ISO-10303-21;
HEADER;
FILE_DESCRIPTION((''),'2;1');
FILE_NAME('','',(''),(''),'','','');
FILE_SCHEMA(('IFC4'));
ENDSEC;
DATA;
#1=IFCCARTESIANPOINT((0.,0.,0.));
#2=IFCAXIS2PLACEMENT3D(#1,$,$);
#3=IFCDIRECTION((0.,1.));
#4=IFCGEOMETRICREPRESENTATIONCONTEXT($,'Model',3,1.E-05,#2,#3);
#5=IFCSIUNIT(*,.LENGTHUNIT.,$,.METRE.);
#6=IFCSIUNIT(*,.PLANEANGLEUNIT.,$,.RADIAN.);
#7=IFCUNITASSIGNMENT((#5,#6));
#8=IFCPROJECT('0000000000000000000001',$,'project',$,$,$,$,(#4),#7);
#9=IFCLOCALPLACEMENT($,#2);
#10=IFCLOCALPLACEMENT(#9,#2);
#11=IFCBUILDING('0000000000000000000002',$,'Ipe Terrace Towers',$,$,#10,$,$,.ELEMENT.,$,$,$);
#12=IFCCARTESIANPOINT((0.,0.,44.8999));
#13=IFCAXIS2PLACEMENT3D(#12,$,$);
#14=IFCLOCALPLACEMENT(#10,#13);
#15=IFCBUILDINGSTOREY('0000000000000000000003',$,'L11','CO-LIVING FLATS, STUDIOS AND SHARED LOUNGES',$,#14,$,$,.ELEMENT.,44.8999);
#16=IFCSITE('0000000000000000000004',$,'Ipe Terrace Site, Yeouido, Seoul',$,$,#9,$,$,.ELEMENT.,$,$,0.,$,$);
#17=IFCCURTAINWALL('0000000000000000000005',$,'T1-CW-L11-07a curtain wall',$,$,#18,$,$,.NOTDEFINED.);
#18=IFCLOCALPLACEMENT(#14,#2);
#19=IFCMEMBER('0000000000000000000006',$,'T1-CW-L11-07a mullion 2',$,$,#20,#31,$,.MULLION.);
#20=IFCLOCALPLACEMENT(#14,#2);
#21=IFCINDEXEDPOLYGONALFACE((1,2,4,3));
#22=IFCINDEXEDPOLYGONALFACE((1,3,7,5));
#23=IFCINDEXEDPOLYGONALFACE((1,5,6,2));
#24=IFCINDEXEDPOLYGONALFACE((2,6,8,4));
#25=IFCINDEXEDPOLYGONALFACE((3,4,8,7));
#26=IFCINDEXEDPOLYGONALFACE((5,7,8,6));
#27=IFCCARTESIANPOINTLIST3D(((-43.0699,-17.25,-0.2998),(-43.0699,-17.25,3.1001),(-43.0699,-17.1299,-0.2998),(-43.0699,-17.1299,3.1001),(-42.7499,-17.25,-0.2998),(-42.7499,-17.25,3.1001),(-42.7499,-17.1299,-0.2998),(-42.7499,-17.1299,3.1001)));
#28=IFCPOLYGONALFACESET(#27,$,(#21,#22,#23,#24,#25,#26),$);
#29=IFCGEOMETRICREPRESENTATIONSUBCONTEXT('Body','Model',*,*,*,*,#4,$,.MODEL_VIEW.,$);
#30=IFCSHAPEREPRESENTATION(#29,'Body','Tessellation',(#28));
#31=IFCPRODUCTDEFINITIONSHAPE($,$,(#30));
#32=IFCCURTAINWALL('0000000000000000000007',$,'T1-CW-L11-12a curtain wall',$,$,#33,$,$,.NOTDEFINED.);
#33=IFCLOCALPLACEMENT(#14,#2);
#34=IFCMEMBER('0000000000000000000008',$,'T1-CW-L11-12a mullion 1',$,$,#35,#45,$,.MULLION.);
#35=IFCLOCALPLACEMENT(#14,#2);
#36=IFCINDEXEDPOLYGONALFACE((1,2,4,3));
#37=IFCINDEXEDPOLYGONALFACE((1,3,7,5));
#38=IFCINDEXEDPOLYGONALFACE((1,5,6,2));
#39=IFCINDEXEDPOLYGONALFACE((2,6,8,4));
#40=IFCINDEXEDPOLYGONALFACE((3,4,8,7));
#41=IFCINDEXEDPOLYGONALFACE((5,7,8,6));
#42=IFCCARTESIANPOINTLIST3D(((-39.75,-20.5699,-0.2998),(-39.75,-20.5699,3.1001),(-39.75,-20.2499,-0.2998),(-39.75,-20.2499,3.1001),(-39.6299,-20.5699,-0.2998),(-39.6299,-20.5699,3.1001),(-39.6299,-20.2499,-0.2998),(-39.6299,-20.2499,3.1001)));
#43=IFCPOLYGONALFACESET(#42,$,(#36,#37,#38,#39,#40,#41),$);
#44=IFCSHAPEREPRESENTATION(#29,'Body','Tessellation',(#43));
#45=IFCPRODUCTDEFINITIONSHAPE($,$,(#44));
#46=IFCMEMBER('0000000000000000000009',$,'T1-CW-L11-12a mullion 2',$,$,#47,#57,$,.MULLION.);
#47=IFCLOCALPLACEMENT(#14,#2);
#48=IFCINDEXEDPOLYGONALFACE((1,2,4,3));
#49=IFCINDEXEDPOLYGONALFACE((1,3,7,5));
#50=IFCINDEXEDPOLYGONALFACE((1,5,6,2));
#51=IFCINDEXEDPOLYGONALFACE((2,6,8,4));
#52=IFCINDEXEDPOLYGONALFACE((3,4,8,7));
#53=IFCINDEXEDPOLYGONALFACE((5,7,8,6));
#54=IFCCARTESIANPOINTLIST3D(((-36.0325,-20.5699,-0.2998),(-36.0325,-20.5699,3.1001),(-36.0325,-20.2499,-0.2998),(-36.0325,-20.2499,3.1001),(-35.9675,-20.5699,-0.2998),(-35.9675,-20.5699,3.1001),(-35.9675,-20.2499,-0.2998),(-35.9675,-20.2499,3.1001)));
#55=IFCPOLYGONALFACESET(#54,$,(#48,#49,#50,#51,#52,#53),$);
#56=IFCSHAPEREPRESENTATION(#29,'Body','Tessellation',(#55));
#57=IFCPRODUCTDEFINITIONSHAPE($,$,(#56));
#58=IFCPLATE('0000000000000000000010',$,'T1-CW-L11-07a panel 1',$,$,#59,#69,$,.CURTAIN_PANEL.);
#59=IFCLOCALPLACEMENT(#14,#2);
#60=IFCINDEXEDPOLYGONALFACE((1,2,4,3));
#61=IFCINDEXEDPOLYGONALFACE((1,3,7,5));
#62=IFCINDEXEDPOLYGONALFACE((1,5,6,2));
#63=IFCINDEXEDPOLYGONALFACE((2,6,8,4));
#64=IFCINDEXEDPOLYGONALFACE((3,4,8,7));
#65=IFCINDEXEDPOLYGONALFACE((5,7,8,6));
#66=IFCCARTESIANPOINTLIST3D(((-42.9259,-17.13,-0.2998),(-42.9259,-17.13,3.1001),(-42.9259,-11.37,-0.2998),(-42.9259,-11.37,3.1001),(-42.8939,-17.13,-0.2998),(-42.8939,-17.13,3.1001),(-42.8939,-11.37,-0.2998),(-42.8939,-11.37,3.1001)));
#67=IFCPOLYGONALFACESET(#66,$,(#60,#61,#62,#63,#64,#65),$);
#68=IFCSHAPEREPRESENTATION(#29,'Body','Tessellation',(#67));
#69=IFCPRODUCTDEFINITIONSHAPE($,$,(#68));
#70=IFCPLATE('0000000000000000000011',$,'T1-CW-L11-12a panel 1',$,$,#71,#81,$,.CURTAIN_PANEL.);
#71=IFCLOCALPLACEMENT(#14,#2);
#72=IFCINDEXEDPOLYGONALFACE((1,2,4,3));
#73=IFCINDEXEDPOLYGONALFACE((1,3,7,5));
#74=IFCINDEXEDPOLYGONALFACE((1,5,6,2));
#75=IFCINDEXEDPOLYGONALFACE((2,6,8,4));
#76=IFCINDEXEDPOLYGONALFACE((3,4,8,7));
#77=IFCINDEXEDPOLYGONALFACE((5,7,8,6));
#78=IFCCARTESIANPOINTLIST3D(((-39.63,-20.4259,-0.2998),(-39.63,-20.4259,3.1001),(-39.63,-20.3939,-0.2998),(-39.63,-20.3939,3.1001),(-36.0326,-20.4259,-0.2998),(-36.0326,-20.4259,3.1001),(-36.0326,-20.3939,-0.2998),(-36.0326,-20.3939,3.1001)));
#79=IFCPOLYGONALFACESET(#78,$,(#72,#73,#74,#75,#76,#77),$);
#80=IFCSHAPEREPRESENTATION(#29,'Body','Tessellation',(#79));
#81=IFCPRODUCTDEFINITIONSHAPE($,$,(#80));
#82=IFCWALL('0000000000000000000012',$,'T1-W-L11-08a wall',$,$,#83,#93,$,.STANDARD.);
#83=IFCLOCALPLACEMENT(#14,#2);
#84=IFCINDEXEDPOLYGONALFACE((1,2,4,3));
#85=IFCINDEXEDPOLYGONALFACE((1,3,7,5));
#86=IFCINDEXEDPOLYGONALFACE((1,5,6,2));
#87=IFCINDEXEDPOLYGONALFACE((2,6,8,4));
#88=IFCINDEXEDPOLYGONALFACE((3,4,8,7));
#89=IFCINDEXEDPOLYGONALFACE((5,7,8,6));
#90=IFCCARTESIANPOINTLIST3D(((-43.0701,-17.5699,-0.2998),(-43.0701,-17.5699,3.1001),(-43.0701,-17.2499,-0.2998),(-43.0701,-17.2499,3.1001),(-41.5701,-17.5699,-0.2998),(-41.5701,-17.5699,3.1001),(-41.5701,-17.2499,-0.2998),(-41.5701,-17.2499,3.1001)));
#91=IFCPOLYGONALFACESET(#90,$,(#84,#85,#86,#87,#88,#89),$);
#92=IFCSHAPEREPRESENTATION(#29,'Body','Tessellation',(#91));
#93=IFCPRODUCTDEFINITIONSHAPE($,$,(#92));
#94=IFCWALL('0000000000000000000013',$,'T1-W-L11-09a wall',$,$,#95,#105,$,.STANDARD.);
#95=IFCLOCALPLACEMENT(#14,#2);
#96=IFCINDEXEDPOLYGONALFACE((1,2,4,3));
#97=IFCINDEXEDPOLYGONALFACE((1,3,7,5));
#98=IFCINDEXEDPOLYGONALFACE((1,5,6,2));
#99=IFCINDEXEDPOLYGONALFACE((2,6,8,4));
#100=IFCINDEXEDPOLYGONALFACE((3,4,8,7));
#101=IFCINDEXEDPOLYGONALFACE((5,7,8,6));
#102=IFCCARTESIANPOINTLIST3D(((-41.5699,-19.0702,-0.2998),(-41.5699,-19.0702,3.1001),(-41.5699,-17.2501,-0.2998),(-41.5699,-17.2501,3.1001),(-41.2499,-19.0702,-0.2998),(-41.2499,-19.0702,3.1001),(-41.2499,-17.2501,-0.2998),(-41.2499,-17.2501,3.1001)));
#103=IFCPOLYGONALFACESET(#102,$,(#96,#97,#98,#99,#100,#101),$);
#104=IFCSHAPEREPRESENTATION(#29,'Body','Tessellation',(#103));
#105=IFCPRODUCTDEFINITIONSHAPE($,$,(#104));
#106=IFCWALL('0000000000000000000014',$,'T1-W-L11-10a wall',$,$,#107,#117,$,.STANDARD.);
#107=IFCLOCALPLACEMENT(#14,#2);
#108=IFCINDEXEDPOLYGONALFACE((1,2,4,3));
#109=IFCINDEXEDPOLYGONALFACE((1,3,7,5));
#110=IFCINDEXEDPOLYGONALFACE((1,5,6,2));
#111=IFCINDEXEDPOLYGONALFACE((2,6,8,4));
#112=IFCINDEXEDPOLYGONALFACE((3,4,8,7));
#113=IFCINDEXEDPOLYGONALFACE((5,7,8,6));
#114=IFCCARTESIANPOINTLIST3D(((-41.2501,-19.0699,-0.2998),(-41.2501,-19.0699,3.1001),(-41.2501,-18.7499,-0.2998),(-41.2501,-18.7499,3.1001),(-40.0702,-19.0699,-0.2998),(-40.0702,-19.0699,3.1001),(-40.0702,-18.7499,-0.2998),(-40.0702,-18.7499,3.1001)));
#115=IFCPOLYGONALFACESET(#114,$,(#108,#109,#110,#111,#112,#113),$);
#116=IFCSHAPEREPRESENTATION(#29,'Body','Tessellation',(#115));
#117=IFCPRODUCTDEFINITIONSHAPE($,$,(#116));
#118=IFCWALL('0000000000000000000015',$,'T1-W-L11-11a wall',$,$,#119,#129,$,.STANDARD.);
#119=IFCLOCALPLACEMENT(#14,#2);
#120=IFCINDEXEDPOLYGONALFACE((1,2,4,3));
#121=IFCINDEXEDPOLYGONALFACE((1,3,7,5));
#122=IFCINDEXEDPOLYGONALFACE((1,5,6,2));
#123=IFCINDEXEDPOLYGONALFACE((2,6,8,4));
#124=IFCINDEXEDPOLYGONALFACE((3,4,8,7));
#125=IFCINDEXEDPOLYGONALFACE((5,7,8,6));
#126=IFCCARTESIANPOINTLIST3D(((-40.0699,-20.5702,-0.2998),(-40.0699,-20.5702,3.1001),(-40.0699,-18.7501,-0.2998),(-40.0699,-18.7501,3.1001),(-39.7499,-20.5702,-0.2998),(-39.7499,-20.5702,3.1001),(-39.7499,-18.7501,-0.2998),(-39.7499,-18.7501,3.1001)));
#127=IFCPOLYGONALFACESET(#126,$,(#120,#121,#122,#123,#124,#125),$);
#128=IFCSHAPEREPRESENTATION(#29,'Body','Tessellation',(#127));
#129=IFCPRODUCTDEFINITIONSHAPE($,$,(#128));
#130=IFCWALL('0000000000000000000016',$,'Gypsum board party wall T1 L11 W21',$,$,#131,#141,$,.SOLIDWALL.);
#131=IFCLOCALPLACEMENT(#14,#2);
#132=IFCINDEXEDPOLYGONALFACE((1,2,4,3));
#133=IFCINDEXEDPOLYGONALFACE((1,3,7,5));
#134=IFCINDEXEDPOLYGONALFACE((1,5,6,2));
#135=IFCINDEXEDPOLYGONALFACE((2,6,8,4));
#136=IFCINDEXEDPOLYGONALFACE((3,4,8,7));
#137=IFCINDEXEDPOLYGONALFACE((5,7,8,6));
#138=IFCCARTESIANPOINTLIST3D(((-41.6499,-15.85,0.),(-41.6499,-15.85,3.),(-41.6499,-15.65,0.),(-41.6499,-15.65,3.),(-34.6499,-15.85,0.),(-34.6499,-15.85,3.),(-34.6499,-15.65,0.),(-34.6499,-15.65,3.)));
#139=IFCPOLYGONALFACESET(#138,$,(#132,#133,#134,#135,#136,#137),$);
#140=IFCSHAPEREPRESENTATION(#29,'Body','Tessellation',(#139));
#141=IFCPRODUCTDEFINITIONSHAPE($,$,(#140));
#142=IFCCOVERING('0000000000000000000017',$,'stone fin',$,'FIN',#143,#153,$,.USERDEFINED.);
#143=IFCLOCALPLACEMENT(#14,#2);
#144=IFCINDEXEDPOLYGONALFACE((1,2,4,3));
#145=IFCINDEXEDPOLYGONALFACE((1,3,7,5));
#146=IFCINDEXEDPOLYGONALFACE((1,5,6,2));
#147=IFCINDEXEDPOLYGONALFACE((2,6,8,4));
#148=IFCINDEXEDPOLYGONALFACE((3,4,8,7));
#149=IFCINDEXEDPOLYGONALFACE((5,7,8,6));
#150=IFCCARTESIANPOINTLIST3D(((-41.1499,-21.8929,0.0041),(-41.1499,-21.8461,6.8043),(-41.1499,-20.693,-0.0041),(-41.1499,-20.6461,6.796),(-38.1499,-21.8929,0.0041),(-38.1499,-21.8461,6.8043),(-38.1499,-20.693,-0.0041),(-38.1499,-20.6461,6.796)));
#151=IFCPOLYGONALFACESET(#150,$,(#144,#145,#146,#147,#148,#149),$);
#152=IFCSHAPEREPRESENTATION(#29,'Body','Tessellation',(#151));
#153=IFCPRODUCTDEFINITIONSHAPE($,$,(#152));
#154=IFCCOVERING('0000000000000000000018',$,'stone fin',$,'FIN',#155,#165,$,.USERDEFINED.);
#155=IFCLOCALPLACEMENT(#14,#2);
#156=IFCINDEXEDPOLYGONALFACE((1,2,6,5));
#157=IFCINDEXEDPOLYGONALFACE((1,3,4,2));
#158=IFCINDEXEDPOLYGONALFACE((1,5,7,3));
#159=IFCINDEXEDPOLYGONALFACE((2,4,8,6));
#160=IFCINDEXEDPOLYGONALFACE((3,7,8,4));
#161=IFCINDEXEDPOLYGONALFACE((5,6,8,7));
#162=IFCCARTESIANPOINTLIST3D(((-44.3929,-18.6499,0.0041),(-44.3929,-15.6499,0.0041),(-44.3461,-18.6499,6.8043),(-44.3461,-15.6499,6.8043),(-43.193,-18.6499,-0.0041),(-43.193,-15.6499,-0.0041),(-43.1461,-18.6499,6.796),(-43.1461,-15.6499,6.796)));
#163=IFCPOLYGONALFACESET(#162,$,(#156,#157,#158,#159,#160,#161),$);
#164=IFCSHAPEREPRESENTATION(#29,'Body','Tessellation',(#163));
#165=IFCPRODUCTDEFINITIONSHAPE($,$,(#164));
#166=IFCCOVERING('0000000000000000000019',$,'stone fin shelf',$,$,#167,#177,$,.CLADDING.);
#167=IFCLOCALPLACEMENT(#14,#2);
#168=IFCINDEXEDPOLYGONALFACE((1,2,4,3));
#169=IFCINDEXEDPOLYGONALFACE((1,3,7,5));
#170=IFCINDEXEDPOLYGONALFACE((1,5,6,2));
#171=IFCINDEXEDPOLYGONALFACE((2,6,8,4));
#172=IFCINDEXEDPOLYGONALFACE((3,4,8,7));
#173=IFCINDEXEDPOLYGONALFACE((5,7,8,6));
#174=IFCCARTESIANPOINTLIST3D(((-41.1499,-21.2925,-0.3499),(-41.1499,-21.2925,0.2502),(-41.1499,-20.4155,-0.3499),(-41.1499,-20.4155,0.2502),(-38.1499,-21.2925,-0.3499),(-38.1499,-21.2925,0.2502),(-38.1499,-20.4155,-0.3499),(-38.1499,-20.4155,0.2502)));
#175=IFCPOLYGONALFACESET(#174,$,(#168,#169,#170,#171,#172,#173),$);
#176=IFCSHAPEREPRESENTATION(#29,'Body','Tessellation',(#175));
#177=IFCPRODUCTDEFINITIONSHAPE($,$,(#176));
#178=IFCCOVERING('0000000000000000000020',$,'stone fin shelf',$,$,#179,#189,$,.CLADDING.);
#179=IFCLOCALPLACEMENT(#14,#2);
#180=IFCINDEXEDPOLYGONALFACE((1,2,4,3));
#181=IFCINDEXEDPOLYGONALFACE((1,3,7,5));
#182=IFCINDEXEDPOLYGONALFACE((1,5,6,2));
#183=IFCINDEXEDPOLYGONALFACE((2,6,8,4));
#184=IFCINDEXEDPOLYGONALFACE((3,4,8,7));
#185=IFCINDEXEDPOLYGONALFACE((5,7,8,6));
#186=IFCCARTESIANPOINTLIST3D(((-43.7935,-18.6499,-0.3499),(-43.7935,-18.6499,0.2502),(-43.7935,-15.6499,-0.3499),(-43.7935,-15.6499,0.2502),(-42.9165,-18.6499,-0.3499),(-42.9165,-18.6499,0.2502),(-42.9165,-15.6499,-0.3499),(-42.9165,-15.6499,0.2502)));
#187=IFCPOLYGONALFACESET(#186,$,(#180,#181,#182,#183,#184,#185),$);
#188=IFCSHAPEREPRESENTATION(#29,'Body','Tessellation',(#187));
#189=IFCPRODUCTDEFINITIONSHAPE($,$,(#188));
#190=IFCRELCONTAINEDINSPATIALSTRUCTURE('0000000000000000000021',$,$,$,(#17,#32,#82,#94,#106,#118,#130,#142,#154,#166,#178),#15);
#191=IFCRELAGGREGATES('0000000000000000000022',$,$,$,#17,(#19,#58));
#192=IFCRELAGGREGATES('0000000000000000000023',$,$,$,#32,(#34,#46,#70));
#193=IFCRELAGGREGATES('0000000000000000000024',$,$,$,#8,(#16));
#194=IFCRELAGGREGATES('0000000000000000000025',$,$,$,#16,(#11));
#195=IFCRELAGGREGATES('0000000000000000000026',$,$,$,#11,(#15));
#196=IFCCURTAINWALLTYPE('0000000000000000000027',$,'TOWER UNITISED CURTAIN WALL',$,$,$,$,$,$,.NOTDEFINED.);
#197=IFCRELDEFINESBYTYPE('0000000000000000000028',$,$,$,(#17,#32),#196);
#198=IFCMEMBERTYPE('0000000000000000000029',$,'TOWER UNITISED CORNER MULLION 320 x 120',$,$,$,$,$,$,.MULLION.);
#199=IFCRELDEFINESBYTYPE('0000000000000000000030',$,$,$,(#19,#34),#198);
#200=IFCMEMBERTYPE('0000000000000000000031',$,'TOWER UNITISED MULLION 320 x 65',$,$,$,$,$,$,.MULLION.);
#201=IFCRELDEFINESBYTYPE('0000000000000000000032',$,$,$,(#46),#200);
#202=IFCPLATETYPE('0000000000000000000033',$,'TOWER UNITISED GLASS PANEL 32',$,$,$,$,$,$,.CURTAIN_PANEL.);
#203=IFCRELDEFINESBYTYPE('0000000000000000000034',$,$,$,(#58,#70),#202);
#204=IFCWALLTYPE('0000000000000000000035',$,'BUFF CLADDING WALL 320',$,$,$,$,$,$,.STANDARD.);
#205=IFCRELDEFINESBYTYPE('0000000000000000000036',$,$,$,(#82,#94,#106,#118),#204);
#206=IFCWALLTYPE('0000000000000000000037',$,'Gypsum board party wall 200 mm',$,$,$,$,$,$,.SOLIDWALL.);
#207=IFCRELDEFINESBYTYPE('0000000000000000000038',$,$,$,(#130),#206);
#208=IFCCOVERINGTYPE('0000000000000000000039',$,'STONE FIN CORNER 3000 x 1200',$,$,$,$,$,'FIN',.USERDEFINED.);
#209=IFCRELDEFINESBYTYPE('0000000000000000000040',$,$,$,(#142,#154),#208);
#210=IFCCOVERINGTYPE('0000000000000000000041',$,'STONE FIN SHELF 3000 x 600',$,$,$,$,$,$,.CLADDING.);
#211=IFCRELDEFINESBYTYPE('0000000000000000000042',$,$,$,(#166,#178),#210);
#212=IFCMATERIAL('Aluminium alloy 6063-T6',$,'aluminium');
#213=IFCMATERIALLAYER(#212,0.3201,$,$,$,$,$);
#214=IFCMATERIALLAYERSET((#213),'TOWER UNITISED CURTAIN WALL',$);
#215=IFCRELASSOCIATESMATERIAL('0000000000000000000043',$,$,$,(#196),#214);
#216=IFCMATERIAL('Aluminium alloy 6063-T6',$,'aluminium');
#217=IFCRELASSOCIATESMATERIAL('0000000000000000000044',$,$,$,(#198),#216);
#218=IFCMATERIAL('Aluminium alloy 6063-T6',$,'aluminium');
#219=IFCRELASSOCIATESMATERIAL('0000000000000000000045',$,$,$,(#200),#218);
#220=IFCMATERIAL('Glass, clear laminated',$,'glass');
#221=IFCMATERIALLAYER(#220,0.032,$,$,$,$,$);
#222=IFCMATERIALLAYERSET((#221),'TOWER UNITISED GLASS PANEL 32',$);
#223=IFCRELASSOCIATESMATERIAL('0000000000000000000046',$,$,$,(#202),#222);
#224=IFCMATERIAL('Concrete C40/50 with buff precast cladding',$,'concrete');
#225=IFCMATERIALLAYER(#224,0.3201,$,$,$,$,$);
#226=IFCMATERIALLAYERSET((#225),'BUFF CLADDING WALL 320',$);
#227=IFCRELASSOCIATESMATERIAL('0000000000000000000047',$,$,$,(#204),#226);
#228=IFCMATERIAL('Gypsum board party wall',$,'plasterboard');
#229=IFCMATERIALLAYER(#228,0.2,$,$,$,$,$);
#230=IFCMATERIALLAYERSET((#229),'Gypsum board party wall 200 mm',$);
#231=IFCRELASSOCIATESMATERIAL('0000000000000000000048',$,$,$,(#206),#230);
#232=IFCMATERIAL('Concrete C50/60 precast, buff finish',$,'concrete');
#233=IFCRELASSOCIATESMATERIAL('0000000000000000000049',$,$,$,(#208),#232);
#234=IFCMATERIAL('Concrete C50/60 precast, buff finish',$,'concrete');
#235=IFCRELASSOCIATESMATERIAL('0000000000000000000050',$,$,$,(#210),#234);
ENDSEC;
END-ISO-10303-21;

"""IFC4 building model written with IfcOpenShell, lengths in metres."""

from ifc_helpers import new_model, si_unit, direction, frame, frame_2d, origin, origin_2d, place, context, subcontext, project, spatial, rectangle, extrude, material, layer, layer_set, material_profile, profile_set, type_object, element, aggregate, save


model = new_model("IFC4")

# Units and contexts
model_context = context("Model", 3, precision=1e-05, world=origin(), true_north=direction((0.0, 1.0)))
body_context = subcontext(model_context, "Body", "Model", "MODEL_VIEW")
ifc_project = project(units=[si_unit("LENGTHUNIT", "METRE"), si_unit("PLANEANGLEUNIT", "RADIAN")], contexts=[model_context])

# Site, building, storey
site_placement = place(None, origin())
site = spatial("IfcSite", under=ifc_project, at=site_placement, Name="Ipe Terrace Site, Yeouido, Seoul", CompositionType="ELEMENT", RefElevation=0.0)
building_placement = place(site_placement, origin())
building = spatial("IfcBuilding", under=site, at=building_placement, Name="Ipe Terrace Towers", CompositionType="ELEMENT")
storey_placement = place(building_placement, frame((0.0, 0.0, 44.8999)))
storey = spatial("IfcBuildingStorey", under=building, at=storey_placement, Name="L11", Description="CO-LIVING FLATS, STUDIOS AND SHARED LOUNGES", CompositionType="ELEMENT", Elevation=44.8999)

# Curtain wall, member
ifc_material_1 = material(Name="Aluminium alloy 6063-T6", Category="aluminium")
ifc_layer_1 = layer(ifc_material_1, 0.3201)
ifc_layer_set_1 = layer_set([ifc_layer_1], Name="TOWER UNITISED CURTAIN WALL")
curtain_wall_type = type_object("IfcCurtainWallType", Name="TOWER UNITISED CURTAIN WALL", PredefinedType="NOTDEFINED", material=ifc_layer_set_1)
curtain_wall_1_placement = place(storey_placement, origin())
curtain_wall_1 = element("IfcCurtainWall", 1, at=curtain_wall_1_placement, inside=storey, type_object=curtain_wall_type, Name="T1-CW-L11-07a curtain wall", PredefinedType="NOTDEFINED")
ifc_material_2 = material(Name="Aluminium alloy 6063-T6", Category="aluminium")
ifc_material_profile_1 = material_profile(ifc_material_2, rectangle(XDim=0.3201, YDim=0.1201, at=origin_2d()), Name="TOWER UNITISED CORNER MULLION 320 x 120")
ifc_profile_set_1 = profile_set([ifc_material_profile_1], Name="Aluminium alloy 6063-T6")
member_type_1 = type_object("IfcMemberType", Name="TOWER UNITISED CORNER MULLION 320 x 120", PredefinedType="MULLION", material=ifc_profile_set_1)
member_1_placement = place(storey_placement, frame((-42.9099, -17.1899, -0.2998), z_axis=(0.0, 0.0, 1.0), x_axis=(-1.0, 0.0, 0.0)))
member_1 = element("IfcMember", 2, at=member_1_placement, type_object=member_type_1, Name="T1-CW-L11-07a mullion 2", PredefinedType="MULLION", context=body_context, shape_type="SweptSolid", body=[
    extrude(rectangle(XDim=0.3201, YDim=0.1201, at=origin_2d()), origin(), (0.0, 0.0, 1.0), 3.3999),
])

# Curtain wall, members
curtain_wall_2_placement = place(storey_placement, origin())
curtain_wall_2 = element("IfcCurtainWall", 3, at=curtain_wall_2_placement, inside=storey, type_object=curtain_wall_type, Name="T1-CW-L11-12a curtain wall", PredefinedType="NOTDEFINED")
member_2_placement = place(storey_placement, frame((-39.6899, -20.4099, -0.2998), z_axis=(0.0, 0.0, 1.0), x_axis=(0.0, -1.0, 0.0)))
member_2 = element("IfcMember", 4, at=member_2_placement, type_object=member_type_1, Name="T1-CW-L11-12a mullion 1", PredefinedType="MULLION", context=body_context, shape_type="SweptSolid", body=[
    extrude(rectangle(XDim=0.3201, YDim=0.1201, at=origin_2d()), origin(), (0.0, 0.0, 1.0), 3.3999),
])
ifc_material_3 = material(Name="Aluminium alloy 6063-T6", Category="aluminium")
ifc_material_profile_2 = material_profile(ifc_material_3, rectangle(XDim=0.3201, YDim=0.0649, at=origin_2d()), Name="TOWER UNITISED MULLION 320 x 65")
ifc_profile_set_2 = profile_set([ifc_material_profile_2], Name="Aluminium alloy 6063-T6")
member_type_2 = type_object("IfcMemberType", Name="TOWER UNITISED MULLION 320 x 65", PredefinedType="MULLION", material=ifc_profile_set_2)
member_3_placement = place(storey_placement, frame((-36.0, -20.4099, -0.2998), z_axis=(0.0, 0.0, 1.0), x_axis=(0.0, -1.0, 0.0)))
member_3 = element("IfcMember", 5, at=member_3_placement, type_object=member_type_2, Name="T1-CW-L11-12a mullion 2", PredefinedType="MULLION", context=body_context, shape_type="SweptSolid", body=[
    extrude(rectangle(XDim=0.3201, YDim=0.0649, at=origin_2d()), origin(), (0.0, 0.0, 1.0), 3.3999),
])

# Plates
ifc_material_4 = material(Name="Glass, clear laminated", Category="glass")
ifc_layer_2 = layer(ifc_material_4, 0.032)
ifc_layer_set_2 = layer_set([ifc_layer_2], Name="TOWER UNITISED GLASS PANEL 32")
plate_type = type_object("IfcPlateType", Name="TOWER UNITISED GLASS PANEL 32", PredefinedType="CURTAIN_PANEL", material=ifc_layer_set_2)
plate_1_placement = place(storey_placement, frame((-42.9099, -14.25, -0.2998), z_axis=(0.0, 0.0, 1.0), x_axis=(0.0, -1.0, 0.0)))
plate_1 = element("IfcPlate", 6, at=plate_1_placement, type_object=plate_type, Name="T1-CW-L11-07a panel 1", PredefinedType="CURTAIN_PANEL", context=body_context, shape_type="SweptSolid", body=[
    extrude(rectangle(XDim=5.76, YDim=0.032, at=origin_2d()), origin(), (0.0, 0.0, 1.0), 3.3999),
])
aggregate(curtain_wall_1, [member_1, plate_1])
plate_2_placement = place(storey_placement, frame((-37.8313, -20.4099, -0.2998), z_axis=(0.0, 0.0, 1.0), x_axis=(1.0, 0.0, 0.0)))
plate_2 = element("IfcPlate", 7, at=plate_2_placement, type_object=plate_type, Name="T1-CW-L11-12a panel 1", PredefinedType="CURTAIN_PANEL", context=body_context, shape_type="SweptSolid", body=[
    extrude(rectangle(XDim=3.5974, YDim=0.032, at=origin_2d()), origin(), (0.0, 0.0, 1.0), 3.3999),
])
aggregate(curtain_wall_2, [member_2, member_3, plate_2])

# Walls
ifc_material_5 = material(Name="Concrete C40/50 with buff precast cladding", Category="concrete")
ifc_layer_3 = layer(ifc_material_5, 0.3201)
ifc_layer_set_3 = layer_set([ifc_layer_3], Name="BUFF CLADDING WALL 320")
wall_type_1 = type_object("IfcWallType", Name="BUFF CLADDING WALL 320", PredefinedType="STANDARD", material=ifc_layer_set_3)
wall_1_placement = place(storey_placement, frame((-43.0701, -17.4099, -0.2998), z_axis=(0.0, 0.0, 1.0), x_axis=(1.0, 0.0, 0.0)))
element("IfcWall", 8, at=wall_1_placement, inside=storey, type_object=wall_type_1, Name="T1-W-L11-08a wall", PredefinedType="STANDARD", context=body_context, shape_type="SweptSolid", body=[
    extrude(rectangle(XDim=1.5, YDim=0.3201, at=frame_2d((0.75, 0.0))), origin(), (0.0, 0.0, 1.0), 3.3999),
])
wall_2_placement = place(storey_placement, frame((-41.4099, -17.25, -0.2998), z_axis=(0.0, 0.0, 1.0), x_axis=(0.0, -1.0, 0.0)))
element("IfcWall", 9, at=wall_2_placement, inside=storey, type_object=wall_type_1, Name="T1-W-L11-09a wall", PredefinedType="STANDARD", context=body_context, shape_type="SweptSolid", body=[
    extrude(rectangle(XDim=1.8201, YDim=0.3201, at=frame_2d((0.9102, 0.0))), origin(), (0.0, 0.0, 1.0), 3.3999),
])
wall_3_placement = place(storey_placement, frame((-41.25, -18.9099, -0.2998), z_axis=(0.0, 0.0, 1.0), x_axis=(1.0, 0.0, 0.0)))
element("IfcWall", 10, at=wall_3_placement, inside=storey, type_object=wall_type_1, Name="T1-W-L11-10a wall", PredefinedType="STANDARD", context=body_context, shape_type="SweptSolid", body=[
    extrude(rectangle(XDim=1.1799, YDim=0.3201, at=frame_2d((0.5898, 0.0))), origin(), (0.0, 0.0, 1.0), 3.3999),
])
wall_4_placement = place(storey_placement, frame((-39.9099, -18.75, -0.2998), z_axis=(0.0, 0.0, 1.0), x_axis=(0.0, -1.0, 0.0)))
element("IfcWall", 11, at=wall_4_placement, inside=storey, type_object=wall_type_1, Name="T1-W-L11-11a wall", PredefinedType="STANDARD", context=body_context, shape_type="SweptSolid", body=[
    extrude(rectangle(XDim=1.8201, YDim=0.3201, at=frame_2d((0.9102, 0.0))), origin(), (0.0, 0.0, 1.0), 3.3999),
])
ifc_material_6 = material(Name="Gypsum board party wall", Category="plasterboard")
ifc_layer_4 = layer(ifc_material_6, 0.2)
ifc_layer_set_4 = layer_set([ifc_layer_4], Name="Gypsum board party wall 200 mm")
wall_type_2 = type_object("IfcWallType", Name="Gypsum board party wall 200 mm", PredefinedType="SOLIDWALL", material=ifc_layer_set_4)
wall_5_placement = place(storey_placement, frame((-41.6499, -15.75, 0.0), z_axis=(0.0, 0.0, 1.0), x_axis=(1.0, 0.0, 0.0)))
element("IfcWall", 12, at=wall_5_placement, inside=storey, type_object=wall_type_2, Name="Gypsum board party wall T1 L11 W21", PredefinedType="SOLIDWALL", context=body_context, shape_type="SweptSolid", body=[
    extrude(rectangle(XDim=7.0, YDim=0.2, at=frame_2d((3.5, 0.0))), origin(), (0.0, 0.0, 1.0), 3.0),
])

# Coverings
ifc_material_7 = material(Name="Concrete C50/60 precast, buff finish", Category="concrete")
ifc_material_profile_3 = material_profile(ifc_material_7, rectangle(XDim=3.0, YDim=1.2, at=origin_2d()), Name="STONE FIN CORNER 3000 x 1200")
ifc_profile_set_3 = profile_set([ifc_material_profile_3], Name="Concrete C50/60 precast, buff finish")
covering_type_1 = type_object("IfcCoveringType", Name="STONE FIN CORNER 3000 x 1200", ElementType="FIN", PredefinedType="USERDEFINED", material=ifc_profile_set_3)
for number, where, z_axis, x_axis, name in (
    (13, (-39.6499, -21.293, 0.0), (0.0, 0.006893, 0.999976), (1.0, 0.0, 0.0), "stone fin"),
    (14, (-43.793, -17.1499, 0.0), (0.006893, 0.0, 0.999976), (0.0, -1.0, 0.0), "stone fin"),
):
    element("IfcCovering", number, at=place(storey_placement, frame(where, z_axis=z_axis, x_axis=x_axis)), inside=storey, type_object=covering_type_1, Name=name, ObjectType="FIN", PredefinedType="USERDEFINED", context=body_context, shape_type="SweptSolid", body=[
        extrude(rectangle(XDim=3.0, YDim=1.2, at=origin_2d()), origin(), (0.0, 0.0, 1.0), 6.8003),
    ])
ifc_material_8 = material(Name="Concrete C50/60 precast, buff finish", Category="concrete")
covering_type_2 = type_object("IfcCoveringType", Name="STONE FIN SHELF 3000 x 600", PredefinedType="CLADDING", material=ifc_material_8)
for number, where, z_axis, x_axis, name in (
    (15, (-39.6499, -20.854, -0.3499), (0.0, 0.0, 1.0), (1.0, 0.0, 0.0), "stone fin shelf"),
    (16, (-43.355, -17.1499, -0.3499), (0.0, 0.0, 1.0), (0.0, -1.0, 0.0), "stone fin shelf"),
):
    element("IfcCovering", number, at=place(storey_placement, frame(where, z_axis=z_axis, x_axis=x_axis)), inside=storey, type_object=covering_type_2, Name=name, PredefinedType="CLADDING", context=body_context, shape_type="SweptSolid", body=[
        extrude(rectangle(XDim=3.0, YDim=0.877, at=origin_2d()), origin(), (0.0, 0.0, 1.0), 0.6001),
    ])

save(model, "model.ifc")
